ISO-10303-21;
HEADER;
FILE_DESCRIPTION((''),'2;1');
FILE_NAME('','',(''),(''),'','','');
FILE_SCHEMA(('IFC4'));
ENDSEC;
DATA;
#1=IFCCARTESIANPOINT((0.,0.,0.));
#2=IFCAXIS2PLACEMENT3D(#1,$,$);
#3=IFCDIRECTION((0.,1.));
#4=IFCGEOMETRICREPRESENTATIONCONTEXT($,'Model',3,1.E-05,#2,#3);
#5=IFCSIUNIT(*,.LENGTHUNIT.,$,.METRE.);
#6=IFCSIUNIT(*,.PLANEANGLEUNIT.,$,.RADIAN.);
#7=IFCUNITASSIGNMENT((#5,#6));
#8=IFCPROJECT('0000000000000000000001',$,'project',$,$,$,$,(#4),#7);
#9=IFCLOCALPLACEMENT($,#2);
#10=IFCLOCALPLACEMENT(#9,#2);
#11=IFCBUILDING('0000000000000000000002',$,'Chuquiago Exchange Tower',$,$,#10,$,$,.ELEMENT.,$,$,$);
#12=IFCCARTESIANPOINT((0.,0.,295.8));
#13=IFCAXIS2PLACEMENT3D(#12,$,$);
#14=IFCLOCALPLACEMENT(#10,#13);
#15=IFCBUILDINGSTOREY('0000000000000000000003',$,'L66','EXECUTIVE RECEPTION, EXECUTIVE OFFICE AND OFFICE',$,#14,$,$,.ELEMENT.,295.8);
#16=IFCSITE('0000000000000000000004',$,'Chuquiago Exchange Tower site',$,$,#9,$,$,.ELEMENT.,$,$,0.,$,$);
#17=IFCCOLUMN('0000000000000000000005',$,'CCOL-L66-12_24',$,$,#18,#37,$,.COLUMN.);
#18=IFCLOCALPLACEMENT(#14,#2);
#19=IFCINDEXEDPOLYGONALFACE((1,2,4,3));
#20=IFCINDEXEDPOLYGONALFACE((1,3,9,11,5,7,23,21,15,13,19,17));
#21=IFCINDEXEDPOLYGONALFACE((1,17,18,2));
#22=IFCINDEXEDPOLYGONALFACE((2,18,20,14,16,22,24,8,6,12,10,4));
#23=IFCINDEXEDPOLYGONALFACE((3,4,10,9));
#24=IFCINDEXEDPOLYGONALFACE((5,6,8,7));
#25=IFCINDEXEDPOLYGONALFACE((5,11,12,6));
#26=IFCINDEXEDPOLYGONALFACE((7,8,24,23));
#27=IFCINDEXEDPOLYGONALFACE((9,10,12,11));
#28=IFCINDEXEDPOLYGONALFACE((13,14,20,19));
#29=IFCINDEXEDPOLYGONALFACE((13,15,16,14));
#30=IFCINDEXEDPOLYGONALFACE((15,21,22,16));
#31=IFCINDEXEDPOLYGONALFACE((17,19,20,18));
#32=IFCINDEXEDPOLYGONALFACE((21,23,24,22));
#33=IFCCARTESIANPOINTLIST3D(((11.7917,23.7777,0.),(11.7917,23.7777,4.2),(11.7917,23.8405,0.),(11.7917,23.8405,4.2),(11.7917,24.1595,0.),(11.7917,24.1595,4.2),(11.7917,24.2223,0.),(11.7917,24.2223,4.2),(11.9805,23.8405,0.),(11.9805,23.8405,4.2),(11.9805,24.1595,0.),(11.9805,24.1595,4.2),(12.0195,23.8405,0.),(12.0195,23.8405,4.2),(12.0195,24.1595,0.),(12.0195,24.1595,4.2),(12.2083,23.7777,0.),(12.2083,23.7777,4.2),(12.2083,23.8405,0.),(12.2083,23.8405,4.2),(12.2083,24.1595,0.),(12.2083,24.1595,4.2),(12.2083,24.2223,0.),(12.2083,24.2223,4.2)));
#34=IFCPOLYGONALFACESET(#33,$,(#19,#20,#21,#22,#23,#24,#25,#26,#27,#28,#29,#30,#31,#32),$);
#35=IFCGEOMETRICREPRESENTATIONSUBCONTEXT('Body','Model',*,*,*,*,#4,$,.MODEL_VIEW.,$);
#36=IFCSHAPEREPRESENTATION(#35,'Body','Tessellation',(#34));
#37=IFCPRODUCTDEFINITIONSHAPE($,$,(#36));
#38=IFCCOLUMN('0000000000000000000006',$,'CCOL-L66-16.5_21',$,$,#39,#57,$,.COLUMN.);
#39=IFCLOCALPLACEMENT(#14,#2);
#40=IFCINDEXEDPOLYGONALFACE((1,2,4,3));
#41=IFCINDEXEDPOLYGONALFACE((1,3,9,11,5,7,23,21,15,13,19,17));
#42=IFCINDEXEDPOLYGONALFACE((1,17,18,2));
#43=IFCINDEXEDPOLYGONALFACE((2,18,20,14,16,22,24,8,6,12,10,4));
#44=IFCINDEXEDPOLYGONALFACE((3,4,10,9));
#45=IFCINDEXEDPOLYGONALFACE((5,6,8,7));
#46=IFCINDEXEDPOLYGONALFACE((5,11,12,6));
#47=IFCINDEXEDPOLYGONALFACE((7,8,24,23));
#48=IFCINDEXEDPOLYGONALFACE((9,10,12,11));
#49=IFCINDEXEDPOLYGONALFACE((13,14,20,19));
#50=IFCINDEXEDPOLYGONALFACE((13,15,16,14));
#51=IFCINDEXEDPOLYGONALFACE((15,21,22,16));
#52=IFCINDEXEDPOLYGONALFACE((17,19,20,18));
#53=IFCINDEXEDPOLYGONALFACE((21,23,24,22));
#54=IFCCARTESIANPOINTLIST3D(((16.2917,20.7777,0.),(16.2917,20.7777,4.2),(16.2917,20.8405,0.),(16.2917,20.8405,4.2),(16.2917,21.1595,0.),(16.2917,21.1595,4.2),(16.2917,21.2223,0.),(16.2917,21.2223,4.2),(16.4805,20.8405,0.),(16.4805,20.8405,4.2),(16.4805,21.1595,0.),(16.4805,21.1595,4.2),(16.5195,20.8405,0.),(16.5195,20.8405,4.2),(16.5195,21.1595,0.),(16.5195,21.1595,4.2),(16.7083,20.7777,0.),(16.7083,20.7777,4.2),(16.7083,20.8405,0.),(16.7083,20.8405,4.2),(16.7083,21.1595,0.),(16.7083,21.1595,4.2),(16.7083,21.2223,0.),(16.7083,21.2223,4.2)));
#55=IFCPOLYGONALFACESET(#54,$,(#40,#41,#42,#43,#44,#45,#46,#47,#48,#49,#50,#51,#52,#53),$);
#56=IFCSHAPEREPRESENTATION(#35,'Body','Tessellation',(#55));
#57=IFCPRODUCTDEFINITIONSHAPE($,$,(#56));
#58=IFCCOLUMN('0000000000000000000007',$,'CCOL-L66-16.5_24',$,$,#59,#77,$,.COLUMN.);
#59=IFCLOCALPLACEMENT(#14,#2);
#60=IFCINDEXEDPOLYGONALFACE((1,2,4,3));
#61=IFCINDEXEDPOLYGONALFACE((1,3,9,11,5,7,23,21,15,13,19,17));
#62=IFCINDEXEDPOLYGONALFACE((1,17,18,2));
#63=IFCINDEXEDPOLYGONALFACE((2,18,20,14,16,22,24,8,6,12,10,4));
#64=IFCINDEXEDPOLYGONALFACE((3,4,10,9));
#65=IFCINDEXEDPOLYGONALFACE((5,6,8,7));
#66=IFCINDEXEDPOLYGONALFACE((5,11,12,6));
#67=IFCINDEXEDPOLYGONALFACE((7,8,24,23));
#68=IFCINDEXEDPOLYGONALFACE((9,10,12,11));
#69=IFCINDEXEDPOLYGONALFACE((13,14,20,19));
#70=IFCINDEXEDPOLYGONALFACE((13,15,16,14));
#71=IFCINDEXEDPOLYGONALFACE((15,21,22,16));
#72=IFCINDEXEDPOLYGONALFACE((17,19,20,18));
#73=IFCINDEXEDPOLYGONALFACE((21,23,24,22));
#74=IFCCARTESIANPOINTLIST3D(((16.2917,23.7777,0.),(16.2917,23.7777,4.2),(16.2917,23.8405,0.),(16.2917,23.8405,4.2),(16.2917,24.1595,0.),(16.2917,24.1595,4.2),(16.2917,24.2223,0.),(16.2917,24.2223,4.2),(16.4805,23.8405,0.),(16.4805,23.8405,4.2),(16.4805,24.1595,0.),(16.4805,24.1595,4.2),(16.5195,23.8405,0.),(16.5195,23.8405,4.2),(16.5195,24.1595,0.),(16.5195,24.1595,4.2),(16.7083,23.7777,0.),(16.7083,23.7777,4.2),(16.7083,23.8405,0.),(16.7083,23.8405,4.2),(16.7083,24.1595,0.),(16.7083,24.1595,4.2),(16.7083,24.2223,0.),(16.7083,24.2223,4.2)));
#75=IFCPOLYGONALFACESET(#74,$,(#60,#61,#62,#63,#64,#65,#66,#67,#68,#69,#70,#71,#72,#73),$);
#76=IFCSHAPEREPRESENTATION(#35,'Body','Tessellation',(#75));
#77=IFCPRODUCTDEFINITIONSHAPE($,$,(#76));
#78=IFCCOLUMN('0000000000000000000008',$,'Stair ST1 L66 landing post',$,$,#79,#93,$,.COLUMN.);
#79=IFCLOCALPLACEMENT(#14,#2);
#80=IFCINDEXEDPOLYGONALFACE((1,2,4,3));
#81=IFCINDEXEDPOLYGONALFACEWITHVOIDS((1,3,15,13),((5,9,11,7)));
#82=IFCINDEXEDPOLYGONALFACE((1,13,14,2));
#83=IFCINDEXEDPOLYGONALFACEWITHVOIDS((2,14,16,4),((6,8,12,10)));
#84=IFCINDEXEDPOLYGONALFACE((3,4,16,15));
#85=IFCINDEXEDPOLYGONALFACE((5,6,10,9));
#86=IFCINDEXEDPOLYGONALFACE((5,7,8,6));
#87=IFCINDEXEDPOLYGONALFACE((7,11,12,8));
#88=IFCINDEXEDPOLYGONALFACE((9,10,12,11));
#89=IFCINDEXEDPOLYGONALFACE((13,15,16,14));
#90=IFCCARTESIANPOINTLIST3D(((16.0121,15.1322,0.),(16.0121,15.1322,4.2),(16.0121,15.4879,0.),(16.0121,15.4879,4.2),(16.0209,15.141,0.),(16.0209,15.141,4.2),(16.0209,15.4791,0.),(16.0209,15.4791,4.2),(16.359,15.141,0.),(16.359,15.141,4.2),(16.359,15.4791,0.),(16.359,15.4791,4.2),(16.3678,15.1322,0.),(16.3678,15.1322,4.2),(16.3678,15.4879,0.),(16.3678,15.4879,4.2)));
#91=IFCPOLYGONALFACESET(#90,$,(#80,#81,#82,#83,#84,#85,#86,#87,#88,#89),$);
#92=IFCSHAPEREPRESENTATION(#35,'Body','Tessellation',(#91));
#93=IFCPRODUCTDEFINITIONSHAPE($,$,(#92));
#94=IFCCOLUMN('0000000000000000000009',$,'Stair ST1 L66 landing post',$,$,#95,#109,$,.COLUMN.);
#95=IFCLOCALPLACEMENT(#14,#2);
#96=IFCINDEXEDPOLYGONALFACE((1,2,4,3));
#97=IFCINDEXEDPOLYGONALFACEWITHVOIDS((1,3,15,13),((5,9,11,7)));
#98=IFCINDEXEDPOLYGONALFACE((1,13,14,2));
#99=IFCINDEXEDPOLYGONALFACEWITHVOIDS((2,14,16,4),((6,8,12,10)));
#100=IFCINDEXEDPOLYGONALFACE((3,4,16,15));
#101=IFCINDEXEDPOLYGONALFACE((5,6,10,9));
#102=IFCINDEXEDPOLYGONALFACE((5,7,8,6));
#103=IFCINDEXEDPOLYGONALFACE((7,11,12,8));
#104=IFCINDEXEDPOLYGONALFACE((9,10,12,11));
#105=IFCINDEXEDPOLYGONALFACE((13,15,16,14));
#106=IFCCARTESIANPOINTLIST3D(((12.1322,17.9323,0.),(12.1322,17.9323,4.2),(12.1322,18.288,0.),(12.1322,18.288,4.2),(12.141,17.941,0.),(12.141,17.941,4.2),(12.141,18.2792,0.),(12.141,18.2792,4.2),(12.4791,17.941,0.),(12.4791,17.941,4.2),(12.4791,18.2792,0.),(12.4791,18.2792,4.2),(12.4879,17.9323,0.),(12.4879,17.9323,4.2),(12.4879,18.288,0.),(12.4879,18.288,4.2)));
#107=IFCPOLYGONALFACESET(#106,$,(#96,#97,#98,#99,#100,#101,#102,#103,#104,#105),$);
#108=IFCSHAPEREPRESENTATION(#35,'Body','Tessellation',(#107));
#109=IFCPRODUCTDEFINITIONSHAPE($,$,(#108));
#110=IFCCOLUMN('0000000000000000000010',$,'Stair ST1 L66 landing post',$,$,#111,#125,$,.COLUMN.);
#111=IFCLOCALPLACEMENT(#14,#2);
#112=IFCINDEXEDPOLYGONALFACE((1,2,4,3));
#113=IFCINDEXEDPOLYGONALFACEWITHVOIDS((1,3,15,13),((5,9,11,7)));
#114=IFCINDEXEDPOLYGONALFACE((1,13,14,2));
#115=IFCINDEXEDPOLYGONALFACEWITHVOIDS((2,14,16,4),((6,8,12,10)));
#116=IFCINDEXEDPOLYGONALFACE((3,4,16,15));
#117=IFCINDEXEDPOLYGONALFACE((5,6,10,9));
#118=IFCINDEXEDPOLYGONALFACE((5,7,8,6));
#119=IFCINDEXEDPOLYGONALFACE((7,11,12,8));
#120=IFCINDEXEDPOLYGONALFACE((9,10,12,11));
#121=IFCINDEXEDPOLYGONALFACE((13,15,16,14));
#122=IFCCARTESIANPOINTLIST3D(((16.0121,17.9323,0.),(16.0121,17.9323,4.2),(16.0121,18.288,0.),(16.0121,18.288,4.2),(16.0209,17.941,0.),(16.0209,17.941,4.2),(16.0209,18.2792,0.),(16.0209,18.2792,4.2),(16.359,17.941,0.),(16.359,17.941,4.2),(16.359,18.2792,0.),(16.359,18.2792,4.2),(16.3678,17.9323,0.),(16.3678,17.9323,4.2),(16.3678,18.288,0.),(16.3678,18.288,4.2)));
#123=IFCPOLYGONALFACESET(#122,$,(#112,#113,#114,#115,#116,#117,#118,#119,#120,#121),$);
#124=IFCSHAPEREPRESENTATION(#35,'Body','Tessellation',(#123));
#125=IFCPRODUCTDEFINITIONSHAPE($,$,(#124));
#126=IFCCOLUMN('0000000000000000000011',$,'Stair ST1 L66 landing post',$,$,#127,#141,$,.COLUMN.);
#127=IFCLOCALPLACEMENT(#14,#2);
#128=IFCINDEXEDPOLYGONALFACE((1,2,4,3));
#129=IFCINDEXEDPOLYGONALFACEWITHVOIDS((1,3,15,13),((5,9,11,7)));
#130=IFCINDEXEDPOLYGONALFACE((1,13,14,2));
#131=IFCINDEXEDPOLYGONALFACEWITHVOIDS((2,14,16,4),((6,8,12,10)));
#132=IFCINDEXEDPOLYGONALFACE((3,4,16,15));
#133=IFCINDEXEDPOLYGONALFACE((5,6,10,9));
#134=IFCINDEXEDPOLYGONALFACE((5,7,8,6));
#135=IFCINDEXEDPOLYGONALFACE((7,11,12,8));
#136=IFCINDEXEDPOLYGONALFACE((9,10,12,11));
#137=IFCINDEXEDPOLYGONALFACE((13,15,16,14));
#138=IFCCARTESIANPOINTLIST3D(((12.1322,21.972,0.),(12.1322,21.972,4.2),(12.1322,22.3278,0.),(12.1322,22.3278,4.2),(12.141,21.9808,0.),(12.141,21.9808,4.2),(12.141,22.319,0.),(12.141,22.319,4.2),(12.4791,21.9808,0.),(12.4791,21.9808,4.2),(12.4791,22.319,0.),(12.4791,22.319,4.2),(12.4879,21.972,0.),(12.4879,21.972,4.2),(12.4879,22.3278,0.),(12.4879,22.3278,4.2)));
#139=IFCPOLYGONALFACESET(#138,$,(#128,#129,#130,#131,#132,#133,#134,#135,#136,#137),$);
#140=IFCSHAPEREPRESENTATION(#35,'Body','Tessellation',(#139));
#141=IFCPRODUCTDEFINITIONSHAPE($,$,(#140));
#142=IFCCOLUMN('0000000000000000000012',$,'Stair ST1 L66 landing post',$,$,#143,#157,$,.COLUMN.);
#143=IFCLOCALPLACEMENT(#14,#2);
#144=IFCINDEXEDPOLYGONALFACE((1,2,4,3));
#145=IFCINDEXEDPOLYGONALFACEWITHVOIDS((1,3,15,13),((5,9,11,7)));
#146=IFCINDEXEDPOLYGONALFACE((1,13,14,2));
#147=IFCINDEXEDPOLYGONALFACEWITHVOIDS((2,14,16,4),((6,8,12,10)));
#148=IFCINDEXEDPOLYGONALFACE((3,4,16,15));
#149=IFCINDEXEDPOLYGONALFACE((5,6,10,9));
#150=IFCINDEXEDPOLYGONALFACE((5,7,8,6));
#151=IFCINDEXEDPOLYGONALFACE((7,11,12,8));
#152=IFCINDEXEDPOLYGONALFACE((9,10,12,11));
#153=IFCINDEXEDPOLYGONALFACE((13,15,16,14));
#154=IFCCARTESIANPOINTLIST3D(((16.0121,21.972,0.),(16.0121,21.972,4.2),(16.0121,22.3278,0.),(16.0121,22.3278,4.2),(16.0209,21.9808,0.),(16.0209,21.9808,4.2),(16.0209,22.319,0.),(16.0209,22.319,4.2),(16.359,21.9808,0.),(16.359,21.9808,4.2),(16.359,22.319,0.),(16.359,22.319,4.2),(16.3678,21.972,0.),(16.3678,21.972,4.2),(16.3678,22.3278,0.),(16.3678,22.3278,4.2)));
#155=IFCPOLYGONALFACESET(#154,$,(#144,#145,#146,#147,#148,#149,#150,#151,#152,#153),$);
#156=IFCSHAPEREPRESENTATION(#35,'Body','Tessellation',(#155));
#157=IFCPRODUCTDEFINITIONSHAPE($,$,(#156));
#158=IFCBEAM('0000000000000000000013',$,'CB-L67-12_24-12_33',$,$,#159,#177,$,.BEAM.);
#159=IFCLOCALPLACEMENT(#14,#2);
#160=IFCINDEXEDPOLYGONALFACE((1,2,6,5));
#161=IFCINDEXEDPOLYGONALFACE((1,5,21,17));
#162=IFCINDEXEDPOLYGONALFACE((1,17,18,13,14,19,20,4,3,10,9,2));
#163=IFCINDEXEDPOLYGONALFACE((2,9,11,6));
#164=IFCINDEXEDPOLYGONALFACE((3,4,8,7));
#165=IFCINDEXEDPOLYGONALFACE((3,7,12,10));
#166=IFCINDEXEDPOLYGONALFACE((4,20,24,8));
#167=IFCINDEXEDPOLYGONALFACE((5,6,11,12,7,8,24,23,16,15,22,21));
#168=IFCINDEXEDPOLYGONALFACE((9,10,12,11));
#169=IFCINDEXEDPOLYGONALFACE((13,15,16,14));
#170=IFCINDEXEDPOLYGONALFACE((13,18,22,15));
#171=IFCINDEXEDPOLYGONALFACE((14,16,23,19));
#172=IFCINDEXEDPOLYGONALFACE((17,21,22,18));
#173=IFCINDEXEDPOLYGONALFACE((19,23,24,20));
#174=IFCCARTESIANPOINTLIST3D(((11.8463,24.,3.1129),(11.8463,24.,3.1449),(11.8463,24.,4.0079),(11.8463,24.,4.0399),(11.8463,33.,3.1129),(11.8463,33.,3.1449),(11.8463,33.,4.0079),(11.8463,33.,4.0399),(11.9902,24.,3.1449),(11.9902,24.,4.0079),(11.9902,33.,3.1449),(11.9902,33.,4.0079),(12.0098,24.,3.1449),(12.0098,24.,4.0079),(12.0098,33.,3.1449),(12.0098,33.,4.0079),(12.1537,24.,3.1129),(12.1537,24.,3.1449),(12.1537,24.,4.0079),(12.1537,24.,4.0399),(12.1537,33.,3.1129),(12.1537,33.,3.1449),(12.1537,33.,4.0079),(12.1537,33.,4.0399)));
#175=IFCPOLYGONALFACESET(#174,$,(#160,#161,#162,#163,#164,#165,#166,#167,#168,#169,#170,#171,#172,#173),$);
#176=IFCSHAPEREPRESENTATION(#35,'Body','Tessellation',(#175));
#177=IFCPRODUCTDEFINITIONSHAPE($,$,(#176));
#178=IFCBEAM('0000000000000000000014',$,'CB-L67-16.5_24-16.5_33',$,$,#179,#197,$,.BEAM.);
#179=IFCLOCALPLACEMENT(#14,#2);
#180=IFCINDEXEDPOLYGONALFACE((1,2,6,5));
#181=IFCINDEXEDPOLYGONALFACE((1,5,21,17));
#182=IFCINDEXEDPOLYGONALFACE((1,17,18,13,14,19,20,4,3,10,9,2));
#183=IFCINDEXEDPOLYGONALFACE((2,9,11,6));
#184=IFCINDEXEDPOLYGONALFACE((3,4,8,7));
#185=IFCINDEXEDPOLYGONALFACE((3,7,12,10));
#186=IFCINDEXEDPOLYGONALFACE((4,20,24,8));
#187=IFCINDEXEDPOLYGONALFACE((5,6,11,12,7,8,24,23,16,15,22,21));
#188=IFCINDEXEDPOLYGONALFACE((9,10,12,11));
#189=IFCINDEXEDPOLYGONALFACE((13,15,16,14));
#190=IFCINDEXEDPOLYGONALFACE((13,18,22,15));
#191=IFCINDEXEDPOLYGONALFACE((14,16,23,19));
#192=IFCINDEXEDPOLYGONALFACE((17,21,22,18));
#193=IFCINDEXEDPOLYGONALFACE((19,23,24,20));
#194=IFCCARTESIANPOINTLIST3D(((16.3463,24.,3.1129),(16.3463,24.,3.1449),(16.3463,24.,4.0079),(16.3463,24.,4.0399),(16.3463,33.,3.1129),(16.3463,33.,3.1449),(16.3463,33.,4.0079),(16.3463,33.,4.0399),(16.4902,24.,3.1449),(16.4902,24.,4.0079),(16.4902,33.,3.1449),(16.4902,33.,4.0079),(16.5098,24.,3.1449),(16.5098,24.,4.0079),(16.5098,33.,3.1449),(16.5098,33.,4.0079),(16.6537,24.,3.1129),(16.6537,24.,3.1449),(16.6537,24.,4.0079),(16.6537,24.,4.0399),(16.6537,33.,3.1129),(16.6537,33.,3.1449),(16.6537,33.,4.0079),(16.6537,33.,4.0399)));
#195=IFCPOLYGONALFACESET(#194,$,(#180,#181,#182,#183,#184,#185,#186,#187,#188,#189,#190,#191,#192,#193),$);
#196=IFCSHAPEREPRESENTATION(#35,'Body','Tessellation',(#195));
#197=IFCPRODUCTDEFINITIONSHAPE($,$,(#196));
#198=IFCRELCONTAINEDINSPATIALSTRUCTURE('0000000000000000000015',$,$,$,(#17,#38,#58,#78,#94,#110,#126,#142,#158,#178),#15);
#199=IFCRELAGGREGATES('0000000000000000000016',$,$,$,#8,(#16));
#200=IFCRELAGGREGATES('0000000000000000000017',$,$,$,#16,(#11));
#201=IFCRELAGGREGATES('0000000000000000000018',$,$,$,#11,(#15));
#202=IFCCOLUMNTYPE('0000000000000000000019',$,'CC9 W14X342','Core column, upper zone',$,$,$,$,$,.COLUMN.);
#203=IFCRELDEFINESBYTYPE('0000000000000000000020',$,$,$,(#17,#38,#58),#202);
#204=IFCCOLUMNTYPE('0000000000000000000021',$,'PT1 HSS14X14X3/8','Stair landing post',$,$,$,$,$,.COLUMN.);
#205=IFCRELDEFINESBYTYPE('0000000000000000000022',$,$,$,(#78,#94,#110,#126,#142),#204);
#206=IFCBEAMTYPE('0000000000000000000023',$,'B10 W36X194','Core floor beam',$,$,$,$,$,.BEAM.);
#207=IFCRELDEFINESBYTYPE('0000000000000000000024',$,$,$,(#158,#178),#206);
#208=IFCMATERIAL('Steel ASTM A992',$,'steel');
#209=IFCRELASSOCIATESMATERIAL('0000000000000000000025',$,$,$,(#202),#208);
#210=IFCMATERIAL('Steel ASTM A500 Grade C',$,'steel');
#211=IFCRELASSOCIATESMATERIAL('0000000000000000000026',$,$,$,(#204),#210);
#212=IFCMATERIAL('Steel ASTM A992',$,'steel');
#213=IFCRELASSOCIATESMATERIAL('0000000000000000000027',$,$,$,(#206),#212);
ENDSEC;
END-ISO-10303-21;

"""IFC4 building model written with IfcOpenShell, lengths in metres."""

from ifc_helpers import new_model, si_unit, direction, frame, origin, origin_2d, place, context, subcontext, project, spatial, hollow_rectangle, i_section, extrude, material, material_profile, profile_set, type_object, element, save


model = new_model("IFC4")

# Units and contexts
model_context = context("Model", 3, precision=1e-05, world=origin(), true_north=direction((0.0, 1.0)))
body_context = subcontext(model_context, "Body", "Model", "MODEL_VIEW")
ifc_project = project(units=[si_unit("LENGTHUNIT", "METRE"), si_unit("PLANEANGLEUNIT", "RADIAN")], contexts=[model_context])

# Site, building, storey
site_placement = place(None, origin())
site = spatial("IfcSite", under=ifc_project, at=site_placement, Name="Chuquiago Exchange Tower site", CompositionType="ELEMENT", RefElevation=0.0)
building_placement = place(site_placement, origin())
building = spatial("IfcBuilding", under=site, at=building_placement, Name="Chuquiago Exchange Tower", CompositionType="ELEMENT")
storey_placement = place(building_placement, frame((0.0, 0.0, 295.8)))
storey = spatial("IfcBuildingStorey", under=building, at=storey_placement, Name="L66", Description="EXECUTIVE RECEPTION, EXECUTIVE OFFICE AND OFFICE", CompositionType="ELEMENT", Elevation=295.8)

# Columns
ifc_material_1 = material(Name="Steel ASTM A992", Category="steel")
ifc_material_profile_1 = material_profile(ifc_material_1, i_section(OverallWidth=0.4165, OverallDepth=0.4446, WebThickness=0.0391, FlangeThickness=0.0627, at=origin_2d()), Name="W14X342")
ifc_profile_set_1 = profile_set([ifc_material_profile_1], Name="Steel ASTM A992")
column_type_1 = type_object("IfcColumnType", Name="CC9 W14X342", Description="Core column, upper zone", PredefinedType="COLUMN", material=ifc_profile_set_1)
for number, where, z_axis, x_axis, name in (
    (1, (12.0, 24.0, 0.0), (0.0, 0.0, 1.0), (1.0, 0.0, 0.0), "CCOL-L66-12_24"),
    (2, (16.5, 21.0, 0.0), (0.0, 0.0, 1.0), (1.0, 0.0, 0.0), "CCOL-L66-16.5_21"),
    (3, (16.5, 24.0, 0.0), (0.0, 0.0, 1.0), (1.0, 0.0, 0.0), "CCOL-L66-16.5_24"),
):
    element("IfcColumn", number, at=place(storey_placement, frame(where, z_axis=z_axis, x_axis=x_axis)), inside=storey, type_object=column_type_1, Name=name, PredefinedType="COLUMN", context=body_context, shape_type="SweptSolid", body=[
        extrude(i_section(OverallWidth=0.4165, OverallDepth=0.4446, WebThickness=0.0391, FlangeThickness=0.0627, at=origin_2d()), origin(), (0.0, 0.0, 1.0), 4.2),
    ])
ifc_material_2 = material(Name="Steel ASTM A500 Grade C", Category="steel")
ifc_material_profile_2 = material_profile(ifc_material_2, hollow_rectangle(XDim=0.3557, YDim=0.3557, WallThickness=0.0088, at=origin_2d()), Name="HSS14X14X3/8")
ifc_profile_set_2 = profile_set([ifc_material_profile_2], Name="Steel ASTM A500 Grade C")
column_type_2 = type_object("IfcColumnType", Name="PT1 HSS14X14X3/8", Description="Stair landing post", PredefinedType="COLUMN", material=ifc_profile_set_2)
for number, where, z_axis, x_axis, name in (
    (4, (16.1899, 15.3101, 0.0), (0.0, 0.0, 1.0), (1.0, 0.0, 0.0), "Stair ST1 L66 landing post"),
    (5, (12.3101, 18.1101, 0.0), (0.0, 0.0, 1.0), (1.0, 0.0, 0.0), "Stair ST1 L66 landing post"),
    (6, (16.1899, 18.1101, 0.0), (0.0, 0.0, 1.0), (1.0, 0.0, 0.0), "Stair ST1 L66 landing post"),
    (7, (12.3101, 22.1499, 0.0), (0.0, 0.0, 1.0), (1.0, 0.0, 0.0), "Stair ST1 L66 landing post"),
    (8, (16.1899, 22.1499, 0.0), (0.0, 0.0, 1.0), (1.0, 0.0, 0.0), "Stair ST1 L66 landing post"),
):
    element("IfcColumn", number, at=place(storey_placement, frame(where, z_axis=z_axis, x_axis=x_axis)), inside=storey, type_object=column_type_2, Name=name, PredefinedType="COLUMN", context=body_context, shape_type="SweptSolid", body=[
        extrude(hollow_rectangle(XDim=0.3557, YDim=0.3557, WallThickness=0.0088, at=origin_2d()), origin(), (0.0, 0.0, 1.0), 4.2),
    ])

# Beams
ifc_material_3 = material(Name="Steel ASTM A992", Category="steel")
ifc_material_profile_3 = material_profile(ifc_material_3, i_section(OverallWidth=0.3074, OverallDepth=0.927, WebThickness=0.0195, FlangeThickness=0.032, at=origin_2d()), Name="W36X194")
ifc_profile_set_3 = profile_set([ifc_material_profile_3], Name="Steel ASTM A992")
beam_type_1 = type_object("IfcBeamType", Name="B10 W36X194", Description="Core floor beam", PredefinedType="BEAM", material=ifc_profile_set_3)
for number, where, z_axis, x_axis, name in (
    (9, (12.0, 24.0, 3.5764), (0.0, 1.0, 0.0), (-1.0, 0.0, 0.0), "CB-L67-12_24-12_33"),
    (10, (16.5, 24.0, 3.5764), (0.0, 1.0, 0.0), (-1.0, 0.0, 0.0), "CB-L67-16.5_24-16.5_33"),
):
    element("IfcBeam", number, at=place(storey_placement, frame(where, z_axis=z_axis, x_axis=x_axis)), inside=storey, type_object=beam_type_1, Name=name, PredefinedType="BEAM", context=body_context, shape_type="SweptSolid", body=[
        extrude(i_section(OverallWidth=0.3074, OverallDepth=0.927, WebThickness=0.0195, FlangeThickness=0.032, at=origin_2d()), origin(), (0.0, 0.0, 1.0), 9.0),
    ])

save(model, "model.ifc")
